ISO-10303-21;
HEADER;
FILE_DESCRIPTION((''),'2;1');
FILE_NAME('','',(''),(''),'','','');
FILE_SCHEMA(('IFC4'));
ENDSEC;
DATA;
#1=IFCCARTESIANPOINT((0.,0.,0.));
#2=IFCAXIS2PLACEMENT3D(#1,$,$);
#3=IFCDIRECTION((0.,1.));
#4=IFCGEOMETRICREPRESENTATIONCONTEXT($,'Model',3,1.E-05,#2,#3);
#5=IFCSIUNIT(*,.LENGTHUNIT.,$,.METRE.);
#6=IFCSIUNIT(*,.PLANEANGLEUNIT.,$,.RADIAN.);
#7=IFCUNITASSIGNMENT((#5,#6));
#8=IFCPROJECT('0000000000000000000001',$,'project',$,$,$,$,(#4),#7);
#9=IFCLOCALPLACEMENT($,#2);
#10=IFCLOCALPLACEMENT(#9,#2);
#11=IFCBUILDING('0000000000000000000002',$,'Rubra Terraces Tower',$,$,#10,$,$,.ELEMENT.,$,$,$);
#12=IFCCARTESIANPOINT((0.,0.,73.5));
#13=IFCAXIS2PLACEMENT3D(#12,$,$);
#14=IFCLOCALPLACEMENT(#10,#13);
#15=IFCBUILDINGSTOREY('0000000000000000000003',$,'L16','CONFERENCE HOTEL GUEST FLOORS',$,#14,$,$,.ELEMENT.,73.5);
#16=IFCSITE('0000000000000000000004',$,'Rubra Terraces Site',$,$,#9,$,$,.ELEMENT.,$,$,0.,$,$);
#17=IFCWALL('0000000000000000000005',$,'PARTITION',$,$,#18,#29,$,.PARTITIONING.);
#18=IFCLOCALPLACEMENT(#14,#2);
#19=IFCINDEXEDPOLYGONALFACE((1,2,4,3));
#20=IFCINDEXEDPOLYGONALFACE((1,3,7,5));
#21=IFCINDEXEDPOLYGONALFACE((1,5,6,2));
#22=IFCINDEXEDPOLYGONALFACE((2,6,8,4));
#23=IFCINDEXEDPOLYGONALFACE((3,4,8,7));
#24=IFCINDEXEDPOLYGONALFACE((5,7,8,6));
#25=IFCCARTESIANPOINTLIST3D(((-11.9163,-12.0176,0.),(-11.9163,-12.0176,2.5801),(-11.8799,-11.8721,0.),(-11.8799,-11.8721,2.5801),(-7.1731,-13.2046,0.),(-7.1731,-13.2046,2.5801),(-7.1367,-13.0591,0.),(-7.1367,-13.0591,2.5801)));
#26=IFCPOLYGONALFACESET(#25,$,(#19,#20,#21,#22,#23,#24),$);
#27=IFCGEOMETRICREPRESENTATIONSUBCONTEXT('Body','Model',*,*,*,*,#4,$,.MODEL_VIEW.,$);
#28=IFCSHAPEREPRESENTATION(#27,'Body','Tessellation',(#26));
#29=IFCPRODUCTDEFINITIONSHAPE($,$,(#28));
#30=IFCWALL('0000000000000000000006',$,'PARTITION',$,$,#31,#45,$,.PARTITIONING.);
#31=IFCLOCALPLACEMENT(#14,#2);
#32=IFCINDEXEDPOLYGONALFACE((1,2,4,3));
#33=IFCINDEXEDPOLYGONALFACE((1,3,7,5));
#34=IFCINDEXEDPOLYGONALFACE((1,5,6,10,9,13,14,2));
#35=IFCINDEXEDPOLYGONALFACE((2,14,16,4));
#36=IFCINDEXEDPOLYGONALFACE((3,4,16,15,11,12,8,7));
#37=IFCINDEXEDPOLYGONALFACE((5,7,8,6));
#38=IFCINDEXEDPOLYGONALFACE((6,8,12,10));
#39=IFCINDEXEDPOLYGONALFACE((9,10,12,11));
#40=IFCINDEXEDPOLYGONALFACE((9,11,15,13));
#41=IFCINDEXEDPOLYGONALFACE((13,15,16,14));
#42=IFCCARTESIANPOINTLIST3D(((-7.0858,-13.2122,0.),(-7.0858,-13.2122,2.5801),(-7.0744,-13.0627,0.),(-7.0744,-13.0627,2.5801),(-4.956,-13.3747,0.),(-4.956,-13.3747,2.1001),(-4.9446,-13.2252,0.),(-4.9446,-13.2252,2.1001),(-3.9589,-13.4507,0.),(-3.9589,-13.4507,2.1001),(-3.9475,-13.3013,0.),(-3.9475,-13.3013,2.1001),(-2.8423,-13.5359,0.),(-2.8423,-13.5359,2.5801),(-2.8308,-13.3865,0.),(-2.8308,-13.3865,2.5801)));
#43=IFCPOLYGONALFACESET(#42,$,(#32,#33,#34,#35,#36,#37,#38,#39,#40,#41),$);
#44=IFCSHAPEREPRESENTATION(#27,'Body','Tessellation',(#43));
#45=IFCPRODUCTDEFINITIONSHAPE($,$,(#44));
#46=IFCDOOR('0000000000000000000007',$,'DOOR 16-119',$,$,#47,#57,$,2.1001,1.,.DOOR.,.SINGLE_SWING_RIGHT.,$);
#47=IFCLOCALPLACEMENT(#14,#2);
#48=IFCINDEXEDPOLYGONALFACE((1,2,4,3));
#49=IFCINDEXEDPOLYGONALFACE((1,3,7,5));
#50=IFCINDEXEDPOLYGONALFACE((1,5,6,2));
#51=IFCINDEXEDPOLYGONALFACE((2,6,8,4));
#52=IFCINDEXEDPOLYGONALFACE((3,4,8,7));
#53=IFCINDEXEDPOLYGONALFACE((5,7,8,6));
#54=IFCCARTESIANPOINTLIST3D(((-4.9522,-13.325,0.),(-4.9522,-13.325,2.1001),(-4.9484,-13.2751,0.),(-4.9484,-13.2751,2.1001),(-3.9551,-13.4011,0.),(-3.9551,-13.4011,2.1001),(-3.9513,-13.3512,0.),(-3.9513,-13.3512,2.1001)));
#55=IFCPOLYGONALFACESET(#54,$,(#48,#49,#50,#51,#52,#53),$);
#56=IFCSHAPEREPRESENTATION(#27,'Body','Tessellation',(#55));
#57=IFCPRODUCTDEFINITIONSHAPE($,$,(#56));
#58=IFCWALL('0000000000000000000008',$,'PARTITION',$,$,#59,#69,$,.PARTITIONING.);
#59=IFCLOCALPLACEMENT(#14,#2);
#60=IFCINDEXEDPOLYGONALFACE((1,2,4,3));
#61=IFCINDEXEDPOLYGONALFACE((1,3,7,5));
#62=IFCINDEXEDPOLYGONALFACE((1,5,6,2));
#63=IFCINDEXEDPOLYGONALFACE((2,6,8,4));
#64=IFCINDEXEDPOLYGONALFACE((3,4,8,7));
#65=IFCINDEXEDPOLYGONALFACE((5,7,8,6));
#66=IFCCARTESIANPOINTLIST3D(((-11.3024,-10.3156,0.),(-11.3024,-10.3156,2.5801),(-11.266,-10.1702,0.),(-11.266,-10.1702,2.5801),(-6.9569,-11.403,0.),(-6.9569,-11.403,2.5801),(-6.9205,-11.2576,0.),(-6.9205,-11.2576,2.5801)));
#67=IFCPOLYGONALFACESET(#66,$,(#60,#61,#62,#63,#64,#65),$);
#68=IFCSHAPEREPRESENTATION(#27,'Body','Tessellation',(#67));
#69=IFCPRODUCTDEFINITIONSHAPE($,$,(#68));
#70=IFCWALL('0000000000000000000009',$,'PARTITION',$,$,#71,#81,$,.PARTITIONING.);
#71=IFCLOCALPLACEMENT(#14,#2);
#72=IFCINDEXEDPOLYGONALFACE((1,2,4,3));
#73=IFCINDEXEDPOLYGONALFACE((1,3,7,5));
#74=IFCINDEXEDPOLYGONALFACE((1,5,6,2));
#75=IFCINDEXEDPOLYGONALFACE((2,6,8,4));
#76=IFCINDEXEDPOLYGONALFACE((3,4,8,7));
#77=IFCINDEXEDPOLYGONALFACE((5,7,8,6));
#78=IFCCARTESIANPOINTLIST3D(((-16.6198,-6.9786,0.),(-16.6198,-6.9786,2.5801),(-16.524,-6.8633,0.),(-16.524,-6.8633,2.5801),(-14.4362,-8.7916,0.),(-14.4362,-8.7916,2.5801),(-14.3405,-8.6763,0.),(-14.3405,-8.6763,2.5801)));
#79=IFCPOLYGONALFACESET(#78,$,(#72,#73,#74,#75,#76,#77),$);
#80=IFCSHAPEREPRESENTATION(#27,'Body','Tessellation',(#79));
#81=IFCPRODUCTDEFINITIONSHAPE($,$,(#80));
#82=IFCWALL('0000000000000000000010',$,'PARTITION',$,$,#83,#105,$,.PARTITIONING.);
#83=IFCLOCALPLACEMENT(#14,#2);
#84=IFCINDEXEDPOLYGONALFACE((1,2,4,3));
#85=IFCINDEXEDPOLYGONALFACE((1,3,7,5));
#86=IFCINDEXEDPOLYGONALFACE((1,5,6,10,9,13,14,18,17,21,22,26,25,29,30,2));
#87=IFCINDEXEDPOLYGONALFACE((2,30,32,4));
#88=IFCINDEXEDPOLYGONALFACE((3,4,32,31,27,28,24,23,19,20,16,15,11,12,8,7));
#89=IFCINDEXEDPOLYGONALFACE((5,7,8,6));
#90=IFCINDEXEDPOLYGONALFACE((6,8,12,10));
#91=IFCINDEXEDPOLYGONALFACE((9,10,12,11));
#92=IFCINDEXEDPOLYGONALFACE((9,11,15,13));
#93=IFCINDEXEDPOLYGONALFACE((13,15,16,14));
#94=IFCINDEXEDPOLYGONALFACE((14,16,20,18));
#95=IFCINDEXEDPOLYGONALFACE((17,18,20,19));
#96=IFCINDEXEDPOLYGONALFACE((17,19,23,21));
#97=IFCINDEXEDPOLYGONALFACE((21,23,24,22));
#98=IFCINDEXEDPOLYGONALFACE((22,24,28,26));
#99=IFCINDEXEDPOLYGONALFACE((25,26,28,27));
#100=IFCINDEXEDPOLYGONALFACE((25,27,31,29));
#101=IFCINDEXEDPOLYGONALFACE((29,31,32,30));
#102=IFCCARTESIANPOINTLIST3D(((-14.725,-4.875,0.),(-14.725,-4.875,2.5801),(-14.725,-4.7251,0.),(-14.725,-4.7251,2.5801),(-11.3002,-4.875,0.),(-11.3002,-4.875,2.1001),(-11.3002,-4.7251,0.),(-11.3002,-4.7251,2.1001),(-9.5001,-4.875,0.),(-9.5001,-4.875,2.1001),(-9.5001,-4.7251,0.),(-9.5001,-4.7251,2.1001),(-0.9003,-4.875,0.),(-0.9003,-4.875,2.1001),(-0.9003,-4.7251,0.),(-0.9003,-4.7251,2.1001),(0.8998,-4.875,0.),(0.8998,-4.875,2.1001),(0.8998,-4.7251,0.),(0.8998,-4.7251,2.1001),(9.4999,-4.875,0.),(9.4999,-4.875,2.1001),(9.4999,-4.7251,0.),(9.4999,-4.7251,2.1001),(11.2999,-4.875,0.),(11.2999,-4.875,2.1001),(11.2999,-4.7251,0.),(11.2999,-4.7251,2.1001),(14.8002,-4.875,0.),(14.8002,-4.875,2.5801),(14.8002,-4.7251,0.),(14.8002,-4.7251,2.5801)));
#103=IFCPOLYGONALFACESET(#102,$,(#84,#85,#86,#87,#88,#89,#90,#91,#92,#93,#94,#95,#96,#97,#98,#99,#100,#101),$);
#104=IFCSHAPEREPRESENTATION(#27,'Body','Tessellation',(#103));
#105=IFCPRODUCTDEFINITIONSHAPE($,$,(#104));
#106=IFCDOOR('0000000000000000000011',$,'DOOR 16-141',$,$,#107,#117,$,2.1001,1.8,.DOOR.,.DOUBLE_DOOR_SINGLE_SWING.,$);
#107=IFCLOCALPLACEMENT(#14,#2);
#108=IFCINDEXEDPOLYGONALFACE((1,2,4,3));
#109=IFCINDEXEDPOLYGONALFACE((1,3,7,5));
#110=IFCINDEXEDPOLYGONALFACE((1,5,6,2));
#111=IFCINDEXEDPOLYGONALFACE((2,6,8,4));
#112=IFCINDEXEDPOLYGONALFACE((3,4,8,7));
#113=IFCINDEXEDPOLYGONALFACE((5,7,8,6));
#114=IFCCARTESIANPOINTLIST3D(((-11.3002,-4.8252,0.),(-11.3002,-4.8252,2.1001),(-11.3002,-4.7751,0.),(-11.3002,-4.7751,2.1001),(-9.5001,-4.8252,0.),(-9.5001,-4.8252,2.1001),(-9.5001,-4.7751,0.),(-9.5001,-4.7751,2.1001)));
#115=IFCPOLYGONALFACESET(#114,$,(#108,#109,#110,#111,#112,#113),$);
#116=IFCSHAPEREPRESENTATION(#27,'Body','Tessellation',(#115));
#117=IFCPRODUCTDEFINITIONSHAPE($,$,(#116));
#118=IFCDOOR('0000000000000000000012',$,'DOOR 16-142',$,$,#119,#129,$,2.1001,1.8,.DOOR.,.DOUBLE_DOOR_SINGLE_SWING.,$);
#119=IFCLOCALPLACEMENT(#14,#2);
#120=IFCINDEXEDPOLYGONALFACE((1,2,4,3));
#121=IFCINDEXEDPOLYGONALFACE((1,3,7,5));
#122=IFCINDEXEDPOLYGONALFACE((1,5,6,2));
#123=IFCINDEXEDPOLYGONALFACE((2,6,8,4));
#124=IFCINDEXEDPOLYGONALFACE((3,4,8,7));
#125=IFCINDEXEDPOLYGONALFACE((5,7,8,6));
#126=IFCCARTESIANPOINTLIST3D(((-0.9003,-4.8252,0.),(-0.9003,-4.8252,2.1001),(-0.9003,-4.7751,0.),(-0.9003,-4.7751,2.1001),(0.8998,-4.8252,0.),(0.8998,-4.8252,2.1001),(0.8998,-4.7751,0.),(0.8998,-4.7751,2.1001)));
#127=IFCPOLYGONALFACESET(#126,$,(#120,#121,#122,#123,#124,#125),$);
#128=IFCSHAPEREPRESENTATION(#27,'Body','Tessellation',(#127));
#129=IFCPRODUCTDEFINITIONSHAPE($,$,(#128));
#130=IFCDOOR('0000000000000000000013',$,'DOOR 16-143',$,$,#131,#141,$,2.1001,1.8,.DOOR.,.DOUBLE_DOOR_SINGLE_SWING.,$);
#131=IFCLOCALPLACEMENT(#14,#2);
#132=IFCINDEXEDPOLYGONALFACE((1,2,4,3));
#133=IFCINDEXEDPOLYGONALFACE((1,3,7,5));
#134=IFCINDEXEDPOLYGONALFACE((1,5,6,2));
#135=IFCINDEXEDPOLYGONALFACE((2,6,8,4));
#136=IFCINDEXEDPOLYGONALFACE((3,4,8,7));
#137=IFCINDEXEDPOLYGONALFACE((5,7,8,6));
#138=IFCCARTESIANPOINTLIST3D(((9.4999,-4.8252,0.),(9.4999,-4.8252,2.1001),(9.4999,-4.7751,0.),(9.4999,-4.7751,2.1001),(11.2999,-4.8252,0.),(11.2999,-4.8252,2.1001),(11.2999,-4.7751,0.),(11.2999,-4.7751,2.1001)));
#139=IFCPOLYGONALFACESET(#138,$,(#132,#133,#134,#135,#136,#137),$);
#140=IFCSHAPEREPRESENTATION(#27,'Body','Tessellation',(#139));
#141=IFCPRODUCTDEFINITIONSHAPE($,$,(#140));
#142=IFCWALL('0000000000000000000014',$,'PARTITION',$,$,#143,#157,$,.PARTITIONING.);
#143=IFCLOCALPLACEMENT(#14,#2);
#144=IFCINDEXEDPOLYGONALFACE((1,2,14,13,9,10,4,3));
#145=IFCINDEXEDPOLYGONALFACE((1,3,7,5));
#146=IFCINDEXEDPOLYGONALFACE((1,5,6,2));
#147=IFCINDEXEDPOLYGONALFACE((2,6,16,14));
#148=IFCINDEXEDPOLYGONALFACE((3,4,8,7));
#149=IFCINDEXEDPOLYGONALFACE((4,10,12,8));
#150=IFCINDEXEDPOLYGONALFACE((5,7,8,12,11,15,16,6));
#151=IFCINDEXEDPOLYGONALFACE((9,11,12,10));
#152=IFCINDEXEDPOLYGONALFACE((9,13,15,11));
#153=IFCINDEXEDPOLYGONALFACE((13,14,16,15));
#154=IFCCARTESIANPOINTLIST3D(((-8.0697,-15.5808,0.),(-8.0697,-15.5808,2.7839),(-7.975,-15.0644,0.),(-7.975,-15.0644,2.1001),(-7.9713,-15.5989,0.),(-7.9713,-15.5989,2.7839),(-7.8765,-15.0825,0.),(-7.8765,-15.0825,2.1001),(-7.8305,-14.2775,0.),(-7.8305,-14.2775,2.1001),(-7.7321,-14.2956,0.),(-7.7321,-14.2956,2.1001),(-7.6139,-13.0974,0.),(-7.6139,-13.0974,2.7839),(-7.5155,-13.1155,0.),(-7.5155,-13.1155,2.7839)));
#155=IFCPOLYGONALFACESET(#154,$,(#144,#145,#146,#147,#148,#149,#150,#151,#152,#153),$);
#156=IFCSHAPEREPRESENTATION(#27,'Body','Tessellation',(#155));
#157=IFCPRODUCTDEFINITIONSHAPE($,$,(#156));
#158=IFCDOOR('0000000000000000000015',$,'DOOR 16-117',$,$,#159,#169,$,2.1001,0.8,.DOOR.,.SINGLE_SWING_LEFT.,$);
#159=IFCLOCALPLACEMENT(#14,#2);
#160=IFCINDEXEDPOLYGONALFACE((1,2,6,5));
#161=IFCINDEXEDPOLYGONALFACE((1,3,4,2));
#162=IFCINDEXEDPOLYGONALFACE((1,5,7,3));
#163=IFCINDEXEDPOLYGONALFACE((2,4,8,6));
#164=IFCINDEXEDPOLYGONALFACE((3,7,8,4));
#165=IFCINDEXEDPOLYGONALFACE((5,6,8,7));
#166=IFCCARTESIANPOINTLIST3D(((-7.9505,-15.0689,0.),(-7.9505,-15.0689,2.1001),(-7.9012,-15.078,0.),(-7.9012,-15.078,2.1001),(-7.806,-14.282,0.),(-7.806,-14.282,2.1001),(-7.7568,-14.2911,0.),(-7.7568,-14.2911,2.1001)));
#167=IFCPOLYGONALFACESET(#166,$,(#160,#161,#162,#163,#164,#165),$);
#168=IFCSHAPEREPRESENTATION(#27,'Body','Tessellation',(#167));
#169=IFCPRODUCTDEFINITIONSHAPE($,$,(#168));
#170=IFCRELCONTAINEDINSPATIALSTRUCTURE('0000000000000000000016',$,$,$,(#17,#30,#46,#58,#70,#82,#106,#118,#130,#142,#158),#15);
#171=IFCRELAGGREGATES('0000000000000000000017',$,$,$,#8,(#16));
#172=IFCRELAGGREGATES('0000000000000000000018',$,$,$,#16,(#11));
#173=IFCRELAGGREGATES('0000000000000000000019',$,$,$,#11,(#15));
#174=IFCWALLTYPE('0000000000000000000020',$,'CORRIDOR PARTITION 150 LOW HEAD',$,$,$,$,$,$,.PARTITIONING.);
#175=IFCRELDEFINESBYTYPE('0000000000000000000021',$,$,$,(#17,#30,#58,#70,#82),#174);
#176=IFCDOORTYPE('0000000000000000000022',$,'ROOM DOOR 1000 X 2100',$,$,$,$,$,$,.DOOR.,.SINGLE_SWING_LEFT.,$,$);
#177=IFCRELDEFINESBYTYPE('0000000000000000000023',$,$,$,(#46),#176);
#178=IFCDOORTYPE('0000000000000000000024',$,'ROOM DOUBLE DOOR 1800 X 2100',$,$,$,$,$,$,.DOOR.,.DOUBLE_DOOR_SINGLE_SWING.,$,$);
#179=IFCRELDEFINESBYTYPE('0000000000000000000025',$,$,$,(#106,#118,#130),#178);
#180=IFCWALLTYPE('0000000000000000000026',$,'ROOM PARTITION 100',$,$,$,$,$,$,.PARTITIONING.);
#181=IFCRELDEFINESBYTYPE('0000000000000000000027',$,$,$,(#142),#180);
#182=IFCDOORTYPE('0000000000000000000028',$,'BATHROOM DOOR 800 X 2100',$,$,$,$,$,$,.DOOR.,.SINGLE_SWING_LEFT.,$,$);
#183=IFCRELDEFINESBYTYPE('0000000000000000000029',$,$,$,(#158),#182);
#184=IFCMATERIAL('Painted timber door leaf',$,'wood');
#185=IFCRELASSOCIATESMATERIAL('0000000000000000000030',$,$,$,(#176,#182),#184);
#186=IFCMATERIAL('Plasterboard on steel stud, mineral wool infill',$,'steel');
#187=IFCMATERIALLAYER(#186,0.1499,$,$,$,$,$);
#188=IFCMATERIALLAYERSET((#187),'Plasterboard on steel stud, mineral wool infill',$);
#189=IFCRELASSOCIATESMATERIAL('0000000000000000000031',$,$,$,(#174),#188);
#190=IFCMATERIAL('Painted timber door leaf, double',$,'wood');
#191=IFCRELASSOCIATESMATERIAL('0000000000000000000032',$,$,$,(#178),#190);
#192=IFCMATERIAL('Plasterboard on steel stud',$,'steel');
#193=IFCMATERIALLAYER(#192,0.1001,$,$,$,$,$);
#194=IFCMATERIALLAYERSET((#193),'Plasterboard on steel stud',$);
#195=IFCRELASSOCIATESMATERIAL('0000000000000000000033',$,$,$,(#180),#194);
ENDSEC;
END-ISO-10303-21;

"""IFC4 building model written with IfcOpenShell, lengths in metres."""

from ifc_helpers import new_model, si_unit, direction, frame, frame_2d, origin, place, context, subcontext, project, spatial, rectangle, extrude, material, layer, layer_set, type_object, element, fill, save


model = new_model("IFC4")

# Units and contexts
model_context = context("Model", 3, precision=1e-05, world=origin(), true_north=direction((0.0, 1.0)))
body_context = subcontext(model_context, "Body", "Model", "MODEL_VIEW")
ifc_project = project(units=[si_unit("LENGTHUNIT", "METRE"), si_unit("PLANEANGLEUNIT", "RADIAN")], contexts=[model_context])

# Site, building, storey
site_placement = place(None, origin())
site = spatial("IfcSite", under=ifc_project, at=site_placement, Name="Rubra Terraces Site", CompositionType="ELEMENT", RefElevation=0.0)
building_placement = place(site_placement, origin())
building = spatial("IfcBuilding", under=site, at=building_placement, Name="Rubra Terraces Tower", CompositionType="ELEMENT")
storey_placement = place(building_placement, frame((0.0, 0.0, 73.5)))
storey = spatial("IfcBuildingStorey", under=building, at=storey_placement, Name="L16", Description="CONFERENCE HOTEL GUEST FLOORS", CompositionType="ELEMENT", Elevation=73.5)

# Shared definitions
ifc_material_1 = material(Name="Plasterboard on steel stud, mineral wool infill", Category="steel")
ifc_material_2 = material(Name="Painted timber door leaf", Category="wood")
door_type_1 = type_object("IfcDoorType", Name="ROOM DOOR 1000 X 2100", OperationType="SINGLE_SWING_LEFT", PredefinedType="DOOR", material=ifc_material_2)

# Wall
ifc_layer_1 = layer(ifc_material_1, 0.1499)
ifc_layer_set_1 = layer_set([ifc_layer_1], Name="Plasterboard on steel stud, mineral wool infill")
wall_type_1 = type_object("IfcWallType", Name="CORRIDOR PARTITION 150 LOW HEAD", PredefinedType="PARTITIONING", material=ifc_layer_set_1)
wall_1_placement = place(storey_placement, frame((-11.8982, -11.9448, 0.0), z_axis=(0.0, 0.0, 1.0), x_axis=(0.970084, -0.242771, 0.0)))
element("IfcWall", 1, at=wall_1_placement, inside=storey, type_object=wall_type_1, Name="PARTITION", PredefinedType="PARTITIONING", context=body_context, shape_type="SweptSolid", body=[
    extrude(rectangle(XDim=4.8894, YDim=0.1499, at=frame_2d((2.4448, 0.0))), origin(), (0.0, 0.0, 1.0), 2.5801),
])

# Wall, opening, door
wall_2_placement = place(storey_placement, frame((-7.0801, -13.1375, 0.0), z_axis=(0.0, 0.0, 1.0), x_axis=(0.997103, -0.076069, 0.0)))
wall_2 = element("IfcWall", 2, at=wall_2_placement, inside=storey, type_object=wall_type_1, Name="PARTITION", PredefinedType="PARTITIONING", context=body_context, shape_type="SweptSolid", body=[
    extrude(rectangle(XDim=4.2559, YDim=0.1499, at=frame_2d((2.1279, 0.0))), origin(), (0.0, 0.0, 1.0), 2.5801),
])
opening_1_placement = place(wall_2_placement, frame((2.136, 0.0, 0.0)))
opening_1 = element("IfcOpeningElement", 3, at=opening_1_placement, cuts=wall_2, PredefinedType="OPENING", context=body_context, shape_type="SweptSolid", body=[
    extrude(rectangle(XDim=1.0, YDim=2.1001, at=frame_2d((0.5, 1.05))), frame((0.0, 0.085, 0.0), z_axis=(0.0, -1.0, 0.0), x_axis=(1.0, 0.0, 0.0)), (0.0, 0.0, 1.0), 0.1699),
])
door_1_placement = place(opening_1_placement, origin())
door_1 = element("IfcDoor", 4, at=door_1_placement, inside=storey, type_object=door_type_1, Name="DOOR 16-119", OperationType="SINGLE_SWING_RIGHT", OverallHeight=2.1001, OverallWidth=1.0, PredefinedType="DOOR", context=body_context, shape_type="SweptSolid", body=[
    extrude(rectangle(XDim=1.0, YDim=2.1001, at=frame_2d((0.5, 1.05))), frame((0.0, 0.0249, 0.0), z_axis=(0.0, -1.0, 0.0), x_axis=(1.0, 0.0, 0.0)), (0.0, 0.0, 1.0), 0.05),
])
fill(opening_1, door_1)

# Walls
wall_3_placement = place(storey_placement, frame((-6.9387, -11.3303, 0.0), z_axis=(0.0, 0.0, 1.0), x_axis=(-0.970088, 0.242754, 0.0)))
element("IfcWall", 5, at=wall_3_placement, inside=storey, type_object=wall_type_1, Name="PARTITION", PredefinedType="PARTITIONING", context=body_context, shape_type="SweptSolid", body=[
    extrude(rectangle(XDim=4.4795, YDim=0.1499, at=frame_2d((2.2397, 0.0))), origin(), (0.0, 0.0, 1.0), 2.5801),
])
wall_4_placement = place(storey_placement, frame((-14.3884, -8.7339, 0.0), z_axis=(0.0, 0.0, 1.0), x_axis=(-0.769376, 0.638796, 0.0)))
element("IfcWall", 6, at=wall_4_placement, inside=storey, type_object=wall_type_1, Name="PARTITION", PredefinedType="PARTITIONING", context=body_context, shape_type="SweptSolid", body=[
    extrude(rectangle(XDim=2.8381, YDim=0.1499, at=frame_2d((1.4189, 0.0))), origin(), (0.0, 0.0, 1.0), 2.5801),
])

# Wall, openings, doors
wall_5_placement = place(storey_placement, frame((-14.7251, -4.8, 0.0), z_axis=(0.0, 0.0, 1.0), x_axis=(1.0, 0.0, 0.0)))
wall_5 = element("IfcWall", 7, at=wall_5_placement, inside=storey, type_object=wall_type_1, Name="PARTITION", PredefinedType="PARTITIONING", context=body_context, shape_type="SweptSolid", body=[
    extrude(rectangle(XDim=29.5251, YDim=0.1499, at=frame_2d((14.7627, 0.0))), origin(), (0.0, 0.0, 1.0), 2.5801),
])
opening_2_placement = place(wall_5_placement, frame((3.425, 0.0, 0.0)))
opening_2 = element("IfcOpeningElement", 8, at=opening_2_placement, cuts=wall_5, PredefinedType="OPENING", context=body_context, shape_type="SweptSolid", body=[
    extrude(rectangle(XDim=1.8, YDim=2.1001, at=frame_2d((0.8999, 1.05))), frame((0.0, 0.085, 0.0), z_axis=(0.0, -1.0, 0.0), x_axis=(1.0, 0.0, 0.0)), (0.0, 0.0, 1.0), 0.1699),
])
opening_3_placement = place(wall_5_placement, frame((13.825, 0.0, 0.0)))
opening_3 = element("IfcOpeningElement", 9, at=opening_3_placement, cuts=wall_5, PredefinedType="OPENING", context=body_context, shape_type="SweptSolid", body=[
    extrude(rectangle(XDim=1.8, YDim=2.1001, at=frame_2d((0.8999, 1.05))), frame((0.0, 0.085, 0.0), z_axis=(0.0, -1.0, 0.0), x_axis=(1.0, 0.0, 0.0)), (0.0, 0.0, 1.0), 0.1699),
])
opening_4_placement = place(wall_5_placement, frame((24.2251, 0.0, 0.0)))
opening_4 = element("IfcOpeningElement", 10, at=opening_4_placement, cuts=wall_5, PredefinedType="OPENING", context=body_context, shape_type="SweptSolid", body=[
    extrude(rectangle(XDim=1.8, YDim=2.1001, at=frame_2d((0.8999, 1.05))), frame((0.0, 0.085, 0.0), z_axis=(0.0, -1.0, 0.0), x_axis=(1.0, 0.0, 0.0)), (0.0, 0.0, 1.0), 0.1699),
])
ifc_material_3 = material(Name="Painted timber door leaf, double", Category="wood")
door_type_2 = type_object("IfcDoorType", Name="ROOM DOUBLE DOOR 1800 X 2100", OperationType="DOUBLE_DOOR_SINGLE_SWING", PredefinedType="DOOR", material=ifc_material_3)
door_2_placement = place(opening_2_placement, origin())
door_2 = element("IfcDoor", 11, at=door_2_placement, inside=storey, type_object=door_type_2, Name="DOOR 16-141", OperationType="DOUBLE_DOOR_SINGLE_SWING", OverallHeight=2.1001, OverallWidth=1.8, PredefinedType="DOOR", context=body_context, shape_type="SweptSolid", body=[
    extrude(rectangle(XDim=1.8, YDim=2.1001, at=frame_2d((0.8999, 1.05))), frame((0.0, 0.0249, 0.0), z_axis=(0.0, -1.0, 0.0), x_axis=(1.0, 0.0, 0.0)), (0.0, 0.0, 1.0), 0.05),
])
fill(opening_2, door_2)
door_3_placement = place(opening_3_placement, origin())
door_3 = element("IfcDoor", 12, at=door_3_placement, inside=storey, type_object=door_type_2, Name="DOOR 16-142", OperationType="DOUBLE_DOOR_SINGLE_SWING", OverallHeight=2.1001, OverallWidth=1.8, PredefinedType="DOOR", context=body_context, shape_type="SweptSolid", body=[
    extrude(rectangle(XDim=1.8, YDim=2.1001, at=frame_2d((0.8999, 1.05))), frame((0.0, 0.0249, 0.0), z_axis=(0.0, -1.0, 0.0), x_axis=(1.0, 0.0, 0.0)), (0.0, 0.0, 1.0), 0.05),
])
fill(opening_3, door_3)
door_4_placement = place(opening_4_placement, origin())
door_4 = element("IfcDoor", 13, at=door_4_placement, inside=storey, type_object=door_type_2, Name="DOOR 16-143", OperationType="DOUBLE_DOOR_SINGLE_SWING", OverallHeight=2.1001, OverallWidth=1.8, PredefinedType="DOOR", context=body_context, shape_type="SweptSolid", body=[
    extrude(rectangle(XDim=1.8, YDim=2.1001, at=frame_2d((0.8999, 1.05))), frame((0.0, 0.0249, 0.0), z_axis=(0.0, -1.0, 0.0), x_axis=(1.0, 0.0, 0.0)), (0.0, 0.0, 1.0), 0.05),
])
fill(opening_4, door_4)

# Wall, opening, door
ifc_material_4 = material(Name="Plasterboard on steel stud", Category="steel")
ifc_layer_2 = layer(ifc_material_4, 0.1001)
ifc_layer_set_2 = layer_set([ifc_layer_2], Name="Plasterboard on steel stud")
wall_type_2 = type_object("IfcWallType", Name="ROOM PARTITION 100", PredefinedType="PARTITIONING", material=ifc_layer_set_2)
wall_6_placement = place(storey_placement, frame((-7.5647, -13.1064, 0.0), z_axis=(0.0, 0.0, 1.0), x_axis=(-0.180527, -0.98357, 0.0)))
wall_6 = element("IfcWall", 14, at=wall_6_placement, inside=storey, type_object=wall_type_2, Name="PARTITION", PredefinedType="PARTITIONING", context=body_context, shape_type="SweptSolid", body=[
    extrude(rectangle(XDim=2.5249, YDim=0.1001, at=frame_2d((1.2625, 0.0))), origin(), (0.0, 0.0, 1.0), 2.7839),
])
opening_5_placement = place(wall_6_placement, frame((1.2, 0.0, 0.0)))
opening_5 = element("IfcOpeningElement", 15, at=opening_5_placement, cuts=wall_6, PredefinedType="OPENING", context=body_context, shape_type="SweptSolid", body=[
    extrude(rectangle(XDim=0.8, YDim=2.1001, at=frame_2d((0.3999, 1.05))), frame((0.0, 0.0601, 0.0), z_axis=(0.0, -1.0, 0.0), x_axis=(1.0, 0.0, 0.0)), (0.0, 0.0, 1.0), 0.1201),
])
door_type_3 = type_object("IfcDoorType", Name="BATHROOM DOOR 800 X 2100", OperationType="SINGLE_SWING_LEFT", PredefinedType="DOOR", material=ifc_material_2)
door_5_placement = place(opening_5_placement, origin())
door_5 = element("IfcDoor", 16, at=door_5_placement, inside=storey, type_object=door_type_3, Name="DOOR 16-117", OperationType="SINGLE_SWING_LEFT", OverallHeight=2.1001, OverallWidth=0.8, PredefinedType="DOOR", context=body_context, shape_type="SweptSolid", body=[
    extrude(rectangle(XDim=0.8, YDim=2.1001, at=frame_2d((0.3999, 1.05))), frame((0.0, 0.0249, 0.0), z_axis=(0.0, -1.0, 0.0), x_axis=(1.0, 0.0, 0.0)), (0.0, 0.0, 1.0), 0.05),
])
fill(opening_5, door_5)

save(model, "model.ifc")
